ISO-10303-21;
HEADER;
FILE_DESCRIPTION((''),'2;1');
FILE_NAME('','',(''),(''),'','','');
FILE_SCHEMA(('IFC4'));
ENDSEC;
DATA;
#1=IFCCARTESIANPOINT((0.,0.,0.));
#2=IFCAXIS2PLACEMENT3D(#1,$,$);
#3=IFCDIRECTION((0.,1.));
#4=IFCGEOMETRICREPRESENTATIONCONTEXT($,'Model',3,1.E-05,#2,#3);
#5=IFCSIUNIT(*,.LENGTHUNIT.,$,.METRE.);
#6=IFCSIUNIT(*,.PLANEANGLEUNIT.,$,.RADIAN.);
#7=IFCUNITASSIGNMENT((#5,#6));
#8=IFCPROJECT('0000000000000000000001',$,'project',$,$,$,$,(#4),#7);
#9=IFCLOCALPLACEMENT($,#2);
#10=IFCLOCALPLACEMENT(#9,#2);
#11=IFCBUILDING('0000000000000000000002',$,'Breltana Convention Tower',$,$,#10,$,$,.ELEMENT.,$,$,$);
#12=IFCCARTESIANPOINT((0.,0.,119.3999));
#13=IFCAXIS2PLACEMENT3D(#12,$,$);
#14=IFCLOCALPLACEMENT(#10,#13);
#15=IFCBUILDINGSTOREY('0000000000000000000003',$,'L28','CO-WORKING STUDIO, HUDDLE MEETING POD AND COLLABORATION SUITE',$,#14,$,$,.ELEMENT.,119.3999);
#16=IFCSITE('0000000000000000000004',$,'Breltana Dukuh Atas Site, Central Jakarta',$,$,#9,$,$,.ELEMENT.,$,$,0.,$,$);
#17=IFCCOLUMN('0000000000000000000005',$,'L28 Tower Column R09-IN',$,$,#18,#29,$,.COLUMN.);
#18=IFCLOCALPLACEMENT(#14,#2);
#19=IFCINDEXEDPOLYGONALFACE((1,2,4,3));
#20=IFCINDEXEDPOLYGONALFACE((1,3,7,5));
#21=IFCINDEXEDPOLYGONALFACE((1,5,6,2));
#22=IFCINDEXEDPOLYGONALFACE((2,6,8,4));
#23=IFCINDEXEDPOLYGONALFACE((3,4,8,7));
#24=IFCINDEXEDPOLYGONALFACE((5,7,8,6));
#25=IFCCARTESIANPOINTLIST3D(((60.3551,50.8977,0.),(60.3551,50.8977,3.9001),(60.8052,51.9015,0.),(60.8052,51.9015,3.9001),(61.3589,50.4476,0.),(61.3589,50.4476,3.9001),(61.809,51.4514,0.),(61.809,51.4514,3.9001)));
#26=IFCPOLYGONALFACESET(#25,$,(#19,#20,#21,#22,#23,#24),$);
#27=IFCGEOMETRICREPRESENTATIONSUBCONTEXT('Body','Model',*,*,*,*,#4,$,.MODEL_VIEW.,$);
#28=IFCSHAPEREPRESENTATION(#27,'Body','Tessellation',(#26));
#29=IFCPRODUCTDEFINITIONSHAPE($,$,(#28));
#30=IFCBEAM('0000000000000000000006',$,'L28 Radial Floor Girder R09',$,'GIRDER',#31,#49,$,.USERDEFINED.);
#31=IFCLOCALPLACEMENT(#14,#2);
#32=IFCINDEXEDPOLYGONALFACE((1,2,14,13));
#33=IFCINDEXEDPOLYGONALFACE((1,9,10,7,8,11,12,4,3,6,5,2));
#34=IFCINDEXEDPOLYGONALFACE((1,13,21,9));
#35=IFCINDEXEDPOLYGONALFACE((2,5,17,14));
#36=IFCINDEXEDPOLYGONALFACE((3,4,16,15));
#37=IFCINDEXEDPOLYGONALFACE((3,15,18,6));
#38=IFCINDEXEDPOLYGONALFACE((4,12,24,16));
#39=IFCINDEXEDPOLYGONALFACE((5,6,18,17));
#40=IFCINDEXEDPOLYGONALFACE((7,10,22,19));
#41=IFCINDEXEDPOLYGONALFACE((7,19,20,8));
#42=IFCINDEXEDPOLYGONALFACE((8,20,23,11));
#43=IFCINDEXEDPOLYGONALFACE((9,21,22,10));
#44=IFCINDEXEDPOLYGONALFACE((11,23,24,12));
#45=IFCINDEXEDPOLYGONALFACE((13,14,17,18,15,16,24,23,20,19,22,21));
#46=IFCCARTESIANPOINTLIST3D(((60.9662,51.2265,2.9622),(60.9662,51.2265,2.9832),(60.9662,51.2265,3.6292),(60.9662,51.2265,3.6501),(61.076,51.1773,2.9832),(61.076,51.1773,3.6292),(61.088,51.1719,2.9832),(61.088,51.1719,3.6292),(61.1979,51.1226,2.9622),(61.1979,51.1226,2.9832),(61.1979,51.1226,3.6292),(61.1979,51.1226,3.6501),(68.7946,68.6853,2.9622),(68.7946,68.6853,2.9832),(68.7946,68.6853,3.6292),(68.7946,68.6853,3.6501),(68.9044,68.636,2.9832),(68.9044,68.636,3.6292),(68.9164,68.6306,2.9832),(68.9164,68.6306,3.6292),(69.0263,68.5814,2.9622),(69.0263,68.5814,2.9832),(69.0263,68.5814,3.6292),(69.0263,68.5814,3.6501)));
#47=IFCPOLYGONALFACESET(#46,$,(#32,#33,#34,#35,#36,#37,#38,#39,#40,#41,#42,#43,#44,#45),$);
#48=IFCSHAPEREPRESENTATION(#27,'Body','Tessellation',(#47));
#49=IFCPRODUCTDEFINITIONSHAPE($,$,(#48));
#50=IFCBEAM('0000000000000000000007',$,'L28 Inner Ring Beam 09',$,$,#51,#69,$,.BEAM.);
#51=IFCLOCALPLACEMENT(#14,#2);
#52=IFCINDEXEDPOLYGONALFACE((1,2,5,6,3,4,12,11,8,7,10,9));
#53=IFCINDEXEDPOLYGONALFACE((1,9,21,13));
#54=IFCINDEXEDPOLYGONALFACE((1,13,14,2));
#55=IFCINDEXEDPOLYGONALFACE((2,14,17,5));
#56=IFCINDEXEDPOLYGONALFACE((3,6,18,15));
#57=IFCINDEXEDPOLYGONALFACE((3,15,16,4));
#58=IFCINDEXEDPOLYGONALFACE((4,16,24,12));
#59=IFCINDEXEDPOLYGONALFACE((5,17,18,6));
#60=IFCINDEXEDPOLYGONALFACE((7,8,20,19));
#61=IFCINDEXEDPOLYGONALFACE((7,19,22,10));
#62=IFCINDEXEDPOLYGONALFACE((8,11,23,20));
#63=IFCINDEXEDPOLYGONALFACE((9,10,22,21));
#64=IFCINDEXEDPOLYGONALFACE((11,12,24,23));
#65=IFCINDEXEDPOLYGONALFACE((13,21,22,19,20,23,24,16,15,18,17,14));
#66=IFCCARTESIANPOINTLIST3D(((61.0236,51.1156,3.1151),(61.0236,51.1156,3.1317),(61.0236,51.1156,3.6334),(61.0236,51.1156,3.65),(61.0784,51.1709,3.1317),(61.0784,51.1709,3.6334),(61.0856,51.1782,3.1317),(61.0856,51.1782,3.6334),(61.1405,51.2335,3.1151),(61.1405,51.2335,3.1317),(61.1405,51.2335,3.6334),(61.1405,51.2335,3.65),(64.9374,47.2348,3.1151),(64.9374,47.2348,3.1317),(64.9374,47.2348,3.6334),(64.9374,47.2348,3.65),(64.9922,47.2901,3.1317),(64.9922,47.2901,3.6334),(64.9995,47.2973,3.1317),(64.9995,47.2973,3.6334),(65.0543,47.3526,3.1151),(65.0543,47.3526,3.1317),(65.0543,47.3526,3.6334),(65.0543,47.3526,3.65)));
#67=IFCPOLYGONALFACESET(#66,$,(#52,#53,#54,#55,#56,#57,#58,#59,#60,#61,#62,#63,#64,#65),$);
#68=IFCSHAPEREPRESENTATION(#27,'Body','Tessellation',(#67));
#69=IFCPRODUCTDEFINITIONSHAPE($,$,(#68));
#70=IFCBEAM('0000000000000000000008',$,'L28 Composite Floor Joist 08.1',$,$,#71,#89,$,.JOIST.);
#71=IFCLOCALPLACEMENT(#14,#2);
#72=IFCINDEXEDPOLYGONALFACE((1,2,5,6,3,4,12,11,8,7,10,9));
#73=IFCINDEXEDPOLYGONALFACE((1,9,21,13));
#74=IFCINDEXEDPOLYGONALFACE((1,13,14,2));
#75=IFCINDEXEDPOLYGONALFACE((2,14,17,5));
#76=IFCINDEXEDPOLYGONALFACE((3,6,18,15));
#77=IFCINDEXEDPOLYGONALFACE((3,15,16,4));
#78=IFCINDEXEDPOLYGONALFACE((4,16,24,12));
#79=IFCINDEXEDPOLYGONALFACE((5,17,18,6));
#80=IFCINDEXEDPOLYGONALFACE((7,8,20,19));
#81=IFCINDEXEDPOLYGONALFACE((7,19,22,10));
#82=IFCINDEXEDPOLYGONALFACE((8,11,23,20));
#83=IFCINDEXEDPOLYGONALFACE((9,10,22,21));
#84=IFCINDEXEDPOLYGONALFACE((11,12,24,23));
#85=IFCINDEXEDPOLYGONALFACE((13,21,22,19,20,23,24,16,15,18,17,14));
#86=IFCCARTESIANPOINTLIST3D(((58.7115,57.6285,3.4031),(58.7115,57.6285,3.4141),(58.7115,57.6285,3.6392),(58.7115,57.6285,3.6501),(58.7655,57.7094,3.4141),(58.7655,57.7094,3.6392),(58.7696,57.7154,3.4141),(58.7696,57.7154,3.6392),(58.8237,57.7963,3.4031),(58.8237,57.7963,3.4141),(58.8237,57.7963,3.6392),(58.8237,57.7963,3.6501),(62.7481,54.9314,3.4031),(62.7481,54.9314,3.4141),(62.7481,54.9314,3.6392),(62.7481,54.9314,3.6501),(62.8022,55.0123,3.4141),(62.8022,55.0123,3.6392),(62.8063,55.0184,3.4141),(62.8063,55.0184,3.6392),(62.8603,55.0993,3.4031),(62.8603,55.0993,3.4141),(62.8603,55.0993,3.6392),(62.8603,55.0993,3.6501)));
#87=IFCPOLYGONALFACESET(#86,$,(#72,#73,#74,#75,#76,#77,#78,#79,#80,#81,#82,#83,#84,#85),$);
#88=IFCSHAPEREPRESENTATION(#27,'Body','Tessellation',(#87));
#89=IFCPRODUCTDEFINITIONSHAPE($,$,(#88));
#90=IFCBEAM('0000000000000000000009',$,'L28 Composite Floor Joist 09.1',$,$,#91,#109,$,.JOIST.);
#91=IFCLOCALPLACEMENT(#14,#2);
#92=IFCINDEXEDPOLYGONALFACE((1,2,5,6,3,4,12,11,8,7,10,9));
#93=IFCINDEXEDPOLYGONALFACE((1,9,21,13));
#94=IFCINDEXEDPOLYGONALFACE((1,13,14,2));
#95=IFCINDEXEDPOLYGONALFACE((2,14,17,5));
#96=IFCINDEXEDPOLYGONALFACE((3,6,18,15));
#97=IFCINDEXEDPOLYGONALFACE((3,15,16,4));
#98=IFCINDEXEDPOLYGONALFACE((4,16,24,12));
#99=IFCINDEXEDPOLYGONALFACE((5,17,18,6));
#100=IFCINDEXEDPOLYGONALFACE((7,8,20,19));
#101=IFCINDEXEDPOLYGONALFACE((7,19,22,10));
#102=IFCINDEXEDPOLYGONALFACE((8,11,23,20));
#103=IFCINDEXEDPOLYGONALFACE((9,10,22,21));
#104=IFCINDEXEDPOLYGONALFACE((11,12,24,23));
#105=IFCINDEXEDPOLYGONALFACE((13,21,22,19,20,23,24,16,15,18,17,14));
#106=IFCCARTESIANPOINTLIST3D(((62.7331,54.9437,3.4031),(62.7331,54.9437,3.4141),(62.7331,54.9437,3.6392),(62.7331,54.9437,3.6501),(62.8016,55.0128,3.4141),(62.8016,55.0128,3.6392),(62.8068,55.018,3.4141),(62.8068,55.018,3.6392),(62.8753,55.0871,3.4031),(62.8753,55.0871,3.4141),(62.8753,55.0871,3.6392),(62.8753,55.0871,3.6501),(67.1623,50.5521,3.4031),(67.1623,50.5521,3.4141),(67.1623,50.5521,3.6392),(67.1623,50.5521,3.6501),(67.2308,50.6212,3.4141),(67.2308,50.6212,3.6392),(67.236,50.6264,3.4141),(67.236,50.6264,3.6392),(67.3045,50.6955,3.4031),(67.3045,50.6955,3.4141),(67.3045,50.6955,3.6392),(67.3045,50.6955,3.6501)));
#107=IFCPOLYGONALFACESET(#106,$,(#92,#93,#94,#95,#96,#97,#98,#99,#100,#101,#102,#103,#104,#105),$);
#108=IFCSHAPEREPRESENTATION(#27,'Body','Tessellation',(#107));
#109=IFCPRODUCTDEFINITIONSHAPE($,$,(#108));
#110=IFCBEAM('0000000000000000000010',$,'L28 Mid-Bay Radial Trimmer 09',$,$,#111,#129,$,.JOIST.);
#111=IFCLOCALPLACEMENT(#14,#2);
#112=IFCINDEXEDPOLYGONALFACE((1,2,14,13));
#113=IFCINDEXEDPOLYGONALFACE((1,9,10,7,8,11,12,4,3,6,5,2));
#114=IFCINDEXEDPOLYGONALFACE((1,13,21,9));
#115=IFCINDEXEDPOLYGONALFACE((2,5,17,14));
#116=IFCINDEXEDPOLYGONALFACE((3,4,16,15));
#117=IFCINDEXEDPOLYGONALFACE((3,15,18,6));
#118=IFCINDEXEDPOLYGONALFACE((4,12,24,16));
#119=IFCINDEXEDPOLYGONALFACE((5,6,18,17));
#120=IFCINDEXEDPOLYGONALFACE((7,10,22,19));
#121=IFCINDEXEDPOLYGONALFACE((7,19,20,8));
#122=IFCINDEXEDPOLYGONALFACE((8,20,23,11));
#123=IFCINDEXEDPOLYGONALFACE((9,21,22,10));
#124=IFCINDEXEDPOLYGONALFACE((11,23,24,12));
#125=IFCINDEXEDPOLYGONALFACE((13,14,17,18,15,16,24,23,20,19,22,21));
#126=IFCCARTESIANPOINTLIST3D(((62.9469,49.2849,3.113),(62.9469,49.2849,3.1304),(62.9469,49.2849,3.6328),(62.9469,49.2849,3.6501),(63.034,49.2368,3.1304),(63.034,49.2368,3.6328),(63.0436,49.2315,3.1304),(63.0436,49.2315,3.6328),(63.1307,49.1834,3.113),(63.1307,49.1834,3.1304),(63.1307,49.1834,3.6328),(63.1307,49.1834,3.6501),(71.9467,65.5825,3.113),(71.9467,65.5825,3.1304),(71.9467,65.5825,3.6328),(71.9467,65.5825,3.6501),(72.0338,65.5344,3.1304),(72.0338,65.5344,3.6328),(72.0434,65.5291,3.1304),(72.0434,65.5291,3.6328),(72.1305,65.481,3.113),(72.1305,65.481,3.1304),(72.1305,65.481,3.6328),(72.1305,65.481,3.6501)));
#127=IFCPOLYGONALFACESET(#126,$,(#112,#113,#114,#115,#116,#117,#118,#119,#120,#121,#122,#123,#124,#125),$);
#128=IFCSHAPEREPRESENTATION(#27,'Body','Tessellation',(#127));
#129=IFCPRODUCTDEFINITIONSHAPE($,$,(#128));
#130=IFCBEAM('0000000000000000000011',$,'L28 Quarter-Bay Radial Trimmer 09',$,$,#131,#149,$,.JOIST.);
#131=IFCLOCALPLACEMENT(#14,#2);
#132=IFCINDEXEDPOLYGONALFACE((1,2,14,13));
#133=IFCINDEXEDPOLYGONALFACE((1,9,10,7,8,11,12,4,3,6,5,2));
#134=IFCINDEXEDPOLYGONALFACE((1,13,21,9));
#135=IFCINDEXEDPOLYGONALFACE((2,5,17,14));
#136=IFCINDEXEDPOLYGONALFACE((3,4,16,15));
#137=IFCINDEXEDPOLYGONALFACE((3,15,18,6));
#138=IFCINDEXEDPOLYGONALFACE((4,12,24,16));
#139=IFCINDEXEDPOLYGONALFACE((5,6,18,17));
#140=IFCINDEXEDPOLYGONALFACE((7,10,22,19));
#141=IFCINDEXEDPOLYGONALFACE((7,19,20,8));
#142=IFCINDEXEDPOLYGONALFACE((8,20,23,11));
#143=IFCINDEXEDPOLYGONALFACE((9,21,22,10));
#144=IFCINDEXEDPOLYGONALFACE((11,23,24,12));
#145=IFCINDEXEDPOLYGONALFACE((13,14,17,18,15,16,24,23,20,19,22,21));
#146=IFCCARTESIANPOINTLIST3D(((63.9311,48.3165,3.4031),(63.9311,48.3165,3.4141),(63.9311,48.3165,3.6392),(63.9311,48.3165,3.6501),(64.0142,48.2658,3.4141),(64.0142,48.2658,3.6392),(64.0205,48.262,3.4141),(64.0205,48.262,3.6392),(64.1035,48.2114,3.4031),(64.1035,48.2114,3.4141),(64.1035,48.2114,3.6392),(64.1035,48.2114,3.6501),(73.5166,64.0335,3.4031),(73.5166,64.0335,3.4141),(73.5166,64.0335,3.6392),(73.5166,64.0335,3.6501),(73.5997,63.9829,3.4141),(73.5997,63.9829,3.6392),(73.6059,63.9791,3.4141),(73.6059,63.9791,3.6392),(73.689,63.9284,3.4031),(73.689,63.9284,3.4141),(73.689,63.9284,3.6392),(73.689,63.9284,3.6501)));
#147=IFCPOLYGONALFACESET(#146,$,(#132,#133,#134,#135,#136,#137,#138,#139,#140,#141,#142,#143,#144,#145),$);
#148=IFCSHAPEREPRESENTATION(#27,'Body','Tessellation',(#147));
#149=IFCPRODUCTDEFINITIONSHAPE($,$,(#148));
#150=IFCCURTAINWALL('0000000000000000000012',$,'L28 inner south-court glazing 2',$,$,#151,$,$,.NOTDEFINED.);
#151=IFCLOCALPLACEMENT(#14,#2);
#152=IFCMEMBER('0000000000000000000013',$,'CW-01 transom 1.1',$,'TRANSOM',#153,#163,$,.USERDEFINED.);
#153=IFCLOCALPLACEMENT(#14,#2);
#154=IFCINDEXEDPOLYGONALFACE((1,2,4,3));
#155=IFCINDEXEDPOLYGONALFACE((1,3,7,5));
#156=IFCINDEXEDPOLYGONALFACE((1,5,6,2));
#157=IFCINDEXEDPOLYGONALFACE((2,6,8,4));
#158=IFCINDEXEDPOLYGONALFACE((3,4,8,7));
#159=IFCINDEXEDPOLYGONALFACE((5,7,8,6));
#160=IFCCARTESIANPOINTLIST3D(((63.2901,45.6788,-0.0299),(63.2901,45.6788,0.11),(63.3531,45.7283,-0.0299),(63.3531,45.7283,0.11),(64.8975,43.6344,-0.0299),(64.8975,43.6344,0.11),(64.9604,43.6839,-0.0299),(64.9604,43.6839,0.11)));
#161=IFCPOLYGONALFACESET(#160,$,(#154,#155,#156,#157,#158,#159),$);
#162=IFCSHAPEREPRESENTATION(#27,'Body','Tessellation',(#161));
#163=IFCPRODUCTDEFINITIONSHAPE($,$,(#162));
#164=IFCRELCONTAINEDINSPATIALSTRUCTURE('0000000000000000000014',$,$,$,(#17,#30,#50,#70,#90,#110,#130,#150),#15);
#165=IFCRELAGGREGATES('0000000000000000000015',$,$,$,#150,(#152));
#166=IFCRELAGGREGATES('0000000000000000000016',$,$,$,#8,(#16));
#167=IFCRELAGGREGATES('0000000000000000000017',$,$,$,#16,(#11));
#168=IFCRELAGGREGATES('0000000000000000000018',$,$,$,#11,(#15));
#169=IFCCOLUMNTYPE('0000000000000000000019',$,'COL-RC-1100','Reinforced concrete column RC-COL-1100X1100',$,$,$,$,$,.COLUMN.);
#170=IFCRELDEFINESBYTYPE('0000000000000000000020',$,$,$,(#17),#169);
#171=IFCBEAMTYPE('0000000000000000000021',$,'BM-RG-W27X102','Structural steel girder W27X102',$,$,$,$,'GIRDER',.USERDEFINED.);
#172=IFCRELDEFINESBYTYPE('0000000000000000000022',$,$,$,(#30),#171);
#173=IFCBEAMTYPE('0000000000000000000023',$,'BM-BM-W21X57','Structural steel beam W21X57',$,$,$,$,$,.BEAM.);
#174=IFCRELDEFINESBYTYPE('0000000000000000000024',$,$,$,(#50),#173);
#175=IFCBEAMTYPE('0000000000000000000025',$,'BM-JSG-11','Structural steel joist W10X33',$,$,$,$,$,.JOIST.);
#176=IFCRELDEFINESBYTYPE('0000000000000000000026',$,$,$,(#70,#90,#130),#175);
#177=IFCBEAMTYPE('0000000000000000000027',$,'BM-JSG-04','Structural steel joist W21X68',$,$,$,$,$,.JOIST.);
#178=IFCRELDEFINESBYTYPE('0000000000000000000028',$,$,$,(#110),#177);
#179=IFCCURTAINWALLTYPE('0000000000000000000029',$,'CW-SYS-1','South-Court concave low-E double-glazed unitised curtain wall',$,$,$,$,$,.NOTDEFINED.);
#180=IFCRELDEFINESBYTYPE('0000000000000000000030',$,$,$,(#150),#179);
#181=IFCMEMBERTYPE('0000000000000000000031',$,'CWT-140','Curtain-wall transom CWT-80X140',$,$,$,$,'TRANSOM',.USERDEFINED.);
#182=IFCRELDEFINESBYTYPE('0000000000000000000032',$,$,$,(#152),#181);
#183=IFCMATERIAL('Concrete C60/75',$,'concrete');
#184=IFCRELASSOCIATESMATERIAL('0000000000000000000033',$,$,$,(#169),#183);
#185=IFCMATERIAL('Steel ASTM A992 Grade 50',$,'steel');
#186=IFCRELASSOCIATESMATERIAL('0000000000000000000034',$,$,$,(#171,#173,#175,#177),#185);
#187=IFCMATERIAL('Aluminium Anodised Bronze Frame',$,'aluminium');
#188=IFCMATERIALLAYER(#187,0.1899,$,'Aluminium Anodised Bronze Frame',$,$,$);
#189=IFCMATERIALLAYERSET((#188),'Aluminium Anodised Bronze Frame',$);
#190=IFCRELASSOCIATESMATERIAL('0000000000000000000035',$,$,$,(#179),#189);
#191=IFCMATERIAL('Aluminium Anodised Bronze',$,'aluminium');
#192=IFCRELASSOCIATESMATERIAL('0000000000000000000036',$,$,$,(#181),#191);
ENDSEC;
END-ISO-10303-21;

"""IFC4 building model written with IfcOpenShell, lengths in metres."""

from ifc_helpers import new_model, si_unit, direction, frame, origin, origin_2d, place, context, subcontext, project, spatial, rectangle, i_section, extrude, source, transform, mapped, material, layer, layer_set, material_profile, profile_set, type_object, element, aggregate, save


model = new_model("IFC4")

# Units and contexts
model_context = context("Model", 3, precision=1e-05, world=origin(), true_north=direction((0.0, 1.0)))
body_context = subcontext(model_context, "Body", "Model", "MODEL_VIEW")
ifc_project = project(units=[si_unit("LENGTHUNIT", "METRE"), si_unit("PLANEANGLEUNIT", "RADIAN")], contexts=[model_context])

# Site, building, storey
site_placement = place(None, origin())
site = spatial("IfcSite", under=ifc_project, at=site_placement, Name="Breltana Dukuh Atas Site, Central Jakarta", CompositionType="ELEMENT", RefElevation=0.0)
building_placement = place(site_placement, origin())
building = spatial("IfcBuilding", under=site, at=building_placement, Name="Breltana Convention Tower", CompositionType="ELEMENT")
storey_placement = place(building_placement, frame((0.0, 0.0, 119.3999)))
storey = spatial("IfcBuildingStorey", under=building, at=storey_placement, Name="L28", Description="CO-WORKING STUDIO, HUDDLE MEETING POD AND COLLABORATION SUITE", CompositionType="ELEMENT", Elevation=119.3999)

# Column
ifc_material_1 = material(Name="Concrete C60/75", Category="concrete")
ifc_material_profile_1 = material_profile(ifc_material_1, rectangle(XDim=1.1001, YDim=1.1001, at=origin_2d()), Name="RC-COL-1100X1100")
ifc_profile_set_1 = profile_set([ifc_material_profile_1], Name="Concrete C60/75")
column_type = type_object("IfcColumnType", Name="COL-RC-1100", Description="Reinforced concrete column RC-COL-1100X1100", PredefinedType="COLUMN", material=ifc_profile_set_1)
shared_shape_1 = source(origin(), body_context, "Body", "SweptSolid", [
    extrude(rectangle(XDim=1.1001, YDim=1.1001, at=origin_2d()), origin(), (0.0, 0.0, 1.0), 3.9001),
])
column_placement = place(storey_placement, frame((61.082, 51.1746, 0.0), z_axis=(0.0, 0.0, 1.0), x_axis=(0.409127, 0.912477, 0.0)))
element("IfcColumn", 1, at=column_placement, inside=storey, type_object=column_type, Name="L28 Tower Column R09-IN", PredefinedType="COLUMN", context=body_context, shape_type="MappedRepresentation", body=[
    mapped(shared_shape_1, transform((0.0, 0.0, 0.0), scale=1.0)),
])

# Beams
ifc_material_2 = material(Name="Steel ASTM A992 Grade 50", Category="steel")
ifc_material_profile_2 = material_profile(ifc_material_2, i_section(OverallWidth=0.2539, OverallDepth=0.688, WebThickness=0.0132, FlangeThickness=0.021, at=origin_2d()), Name="W27X102")
ifc_profile_set_2 = profile_set([ifc_material_profile_2], Name="Steel ASTM A992 Grade 50")
beam_type_1 = type_object("IfcBeamType", Name="BM-RG-W27X102", Description="Structural steel girder W27X102", ElementType="GIRDER", PredefinedType="USERDEFINED", material=ifc_profile_set_2)
shared_shape_2 = source(origin(), body_context, "Body", "SweptSolid", [
    extrude(i_section(OverallWidth=0.2539, OverallDepth=0.688, WebThickness=0.0132, FlangeThickness=0.021, at=origin_2d()), origin(), (0.0, 0.0, 1.0), 19.1335),
])
beam_1_placement = place(storey_placement, frame((61.082, 51.1746, 3.3062), z_axis=(0.409145, 0.91247, 0.0), x_axis=(-0.91247, 0.409145, 0.0)))
element("IfcBeam", 2, at=beam_1_placement, inside=storey, type_object=beam_type_1, Name="L28 Radial Floor Girder R09", ObjectType="GIRDER", PredefinedType="USERDEFINED", context=body_context, shape_type="MappedRepresentation", body=[
    mapped(shared_shape_2, transform((0.0, 0.0, 0.0), scale=1.0)),
])
ifc_material_profile_3 = material_profile(ifc_material_2, i_section(OverallWidth=0.166, OverallDepth=0.5349, WebThickness=0.0103, FlangeThickness=0.0166, at=origin_2d()), Name="W21X57")
ifc_profile_set_3 = profile_set([ifc_material_profile_3], Name="Steel ASTM A992 Grade 50")
beam_type_2 = type_object("IfcBeamType", Name="BM-BM-W21X57", Description="Structural steel beam W21X57", PredefinedType="BEAM", material=ifc_profile_set_3)
shared_shape_3 = source(origin(), body_context, "Body", "SweptSolid", [
    extrude(i_section(OverallWidth=0.166, OverallDepth=0.5349, WebThickness=0.0103, FlangeThickness=0.0166, at=origin_2d()), origin(), (0.0, 0.0, 1.0), 5.5117),
])
beam_2_placement = place(storey_placement, frame((61.082, 51.1746, 3.3826), z_axis=(0.71009, -0.704111, 0.0), x_axis=(0.704111, 0.71009, 0.0)))
element("IfcBeam", 3, at=beam_2_placement, inside=storey, type_object=beam_type_2, Name="L28 Inner Ring Beam 09", PredefinedType="BEAM", context=body_context, shape_type="MappedRepresentation", body=[
    mapped(shared_shape_3, transform((0.0, 0.0, 0.0), scale=1.0)),
])
ifc_material_profile_4 = material_profile(ifc_material_2, i_section(OverallWidth=0.2019, OverallDepth=0.2471, WebThickness=0.0073, FlangeThickness=0.011, at=origin_2d()), Name="W10X33")
ifc_profile_set_4 = profile_set([ifc_material_profile_4], Name="Steel ASTM A992 Grade 50")
beam_type_3 = type_object("IfcBeamType", Name="BM-JSG-11", Description="Structural steel joist W10X33", PredefinedType="JOIST", material=ifc_profile_set_4)
shared_shape_4 = source(origin(), body_context, "Body", "SweptSolid", [
    extrude(i_section(OverallWidth=0.2019, OverallDepth=0.2471, WebThickness=0.0073, FlangeThickness=0.011, at=origin_2d()), origin(), (0.0, 0.0, 1.0), 4.8547),
])
beam_3_placement = place(storey_placement, frame((58.7676, 57.7124, 3.5266), z_axis=(0.831485, -0.555547, 0.0), x_axis=(0.555547, 0.831485, 0.0)))
element("IfcBeam", 4, at=beam_3_placement, inside=storey, type_object=beam_type_3, Name="L28 Composite Floor Joist 08.1", PredefinedType="JOIST", context=body_context, shape_type="MappedRepresentation", body=[
    mapped(shared_shape_4, transform((0.0, 0.0, 0.0), scale=1.0)),
])
shared_shape_5 = source(origin(), body_context, "Body", "SweptSolid", [
    extrude(i_section(OverallWidth=0.2019, OverallDepth=0.2471, WebThickness=0.0073, FlangeThickness=0.011, at=origin_2d()), origin(), (0.0, 0.0, 1.0), 6.2373),
])
beam_4_placement = place(storey_placement, frame((62.8042, 55.0154, 3.5266), z_axis=(0.710114, -0.704086, 0.0), x_axis=(0.704086, 0.710114, 0.0)))
element("IfcBeam", 5, at=beam_4_placement, inside=storey, type_object=beam_type_3, Name="L28 Composite Floor Joist 09.1", PredefinedType="JOIST", context=body_context, shape_type="MappedRepresentation", body=[
    mapped(shared_shape_5, transform((0.0, 0.0, 0.0), scale=1.0)),
])
ifc_material_profile_5 = material_profile(ifc_material_2, i_section(OverallWidth=0.21, OverallDepth=0.5371, WebThickness=0.011, FlangeThickness=0.0173, at=origin_2d()), Name="W21X68")
ifc_profile_set_5 = profile_set([ifc_material_profile_5], Name="Steel ASTM A992 Grade 50")
beam_type_4 = type_object("IfcBeamType", Name="BM-JSG-04", Description="Structural steel joist W21X68", PredefinedType="JOIST", material=ifc_profile_set_5)
shared_shape_6 = source(origin(), body_context, "Body", "SweptSolid", [
    extrude(i_section(OverallWidth=0.21, OverallDepth=0.5371, WebThickness=0.011, FlangeThickness=0.0173, at=origin_2d()), origin(), (0.0, 0.0, 1.0), 18.6174),
])
beam_5_placement = place(storey_placement, frame((63.0388, 49.2341, 3.3816), z_axis=(0.483406, 0.875396, 0.0), x_axis=(-0.875396, 0.483406, 0.0)))
element("IfcBeam", 6, at=beam_5_placement, inside=storey, type_object=beam_type_4, Name="L28 Mid-Bay Radial Trimmer 09", PredefinedType="JOIST", context=body_context, shape_type="MappedRepresentation", body=[
    mapped(shared_shape_6, transform((0.0, 0.0, 0.0), scale=1.0)),
])
shared_shape_7 = source(origin(), body_context, "Body", "SweptSolid", [
    extrude(i_section(OverallWidth=0.2019, OverallDepth=0.2471, WebThickness=0.0073, FlangeThickness=0.011, at=origin_2d()), origin(), (0.0, 0.0, 1.0), 18.4094),
])
beam_6_placement = place(storey_placement, frame((64.0173, 48.2639, 3.5266), z_axis=(0.520682, 0.853751, 0.0), x_axis=(-0.853751, 0.520682, 0.0)))
element("IfcBeam", 7, at=beam_6_placement, inside=storey, type_object=beam_type_3, Name="L28 Quarter-Bay Radial Trimmer 09", PredefinedType="JOIST", context=body_context, shape_type="MappedRepresentation", body=[
    mapped(shared_shape_7, transform((0.0, 0.0, 0.0), scale=1.0)),
])

# Curtain wall, member
ifc_material_3 = material(Name="Aluminium Anodised Bronze Frame", Category="aluminium")
ifc_layer_1 = layer(ifc_material_3, 0.1899, Name="Aluminium Anodised Bronze Frame")
ifc_layer_set_1 = layer_set([ifc_layer_1], Name="Aluminium Anodised Bronze Frame")
curtain_wall_type = type_object("IfcCurtainWallType", Name="CW-SYS-1", Description="South-Court concave low-E double-glazed unitised curtain wall", PredefinedType="NOTDEFINED", material=ifc_layer_set_1)
curtain_wall_1_placement = place(storey_placement, origin())
curtain_wall_1 = element("IfcCurtainWall", 8, at=curtain_wall_1_placement, inside=storey, type_object=curtain_wall_type, Name="L28 inner south-court glazing 2", PredefinedType="NOTDEFINED")
ifc_material_4 = material(Name="Aluminium Anodised Bronze", Category="aluminium")
ifc_material_profile_6 = material_profile(ifc_material_4, rectangle(XDim=0.0801, YDim=0.1399, at=origin_2d()), Name="CWT-80X140")
ifc_profile_set_6 = profile_set([ifc_material_profile_6], Name="Aluminium Anodised Bronze")
member_type_1 = type_object("IfcMemberType", Name="CWT-140", Description="Curtain-wall transom CWT-80X140", ElementType="TRANSOM", PredefinedType="USERDEFINED", material=ifc_profile_set_6)
shared_shape_8 = source(origin(), body_context, "Body", "SweptSolid", [
    extrude(rectangle(XDim=0.0801, YDim=0.1399, at=origin_2d()), origin(), (0.0, 0.0, 1.0), 2.6006),
])
member_1_placement = place(storey_placement, frame((64.929, 43.6592, 0.04), z_axis=(-0.618079, 0.786116, 0.0), x_axis=(-0.786116, -0.618079, 0.0)))
member_1 = element("IfcMember", 9, at=member_1_placement, type_object=member_type_1, Name="CW-01 transom 1.1", ObjectType="TRANSOM", PredefinedType="USERDEFINED", context=body_context, shape_type="MappedRepresentation", body=[
    mapped(shared_shape_8, transform((0.0, 0.0, 0.0), scale=1.0)),
])

aggregate(curtain_wall_1, [member_1])

save(model, "model.ifc")
